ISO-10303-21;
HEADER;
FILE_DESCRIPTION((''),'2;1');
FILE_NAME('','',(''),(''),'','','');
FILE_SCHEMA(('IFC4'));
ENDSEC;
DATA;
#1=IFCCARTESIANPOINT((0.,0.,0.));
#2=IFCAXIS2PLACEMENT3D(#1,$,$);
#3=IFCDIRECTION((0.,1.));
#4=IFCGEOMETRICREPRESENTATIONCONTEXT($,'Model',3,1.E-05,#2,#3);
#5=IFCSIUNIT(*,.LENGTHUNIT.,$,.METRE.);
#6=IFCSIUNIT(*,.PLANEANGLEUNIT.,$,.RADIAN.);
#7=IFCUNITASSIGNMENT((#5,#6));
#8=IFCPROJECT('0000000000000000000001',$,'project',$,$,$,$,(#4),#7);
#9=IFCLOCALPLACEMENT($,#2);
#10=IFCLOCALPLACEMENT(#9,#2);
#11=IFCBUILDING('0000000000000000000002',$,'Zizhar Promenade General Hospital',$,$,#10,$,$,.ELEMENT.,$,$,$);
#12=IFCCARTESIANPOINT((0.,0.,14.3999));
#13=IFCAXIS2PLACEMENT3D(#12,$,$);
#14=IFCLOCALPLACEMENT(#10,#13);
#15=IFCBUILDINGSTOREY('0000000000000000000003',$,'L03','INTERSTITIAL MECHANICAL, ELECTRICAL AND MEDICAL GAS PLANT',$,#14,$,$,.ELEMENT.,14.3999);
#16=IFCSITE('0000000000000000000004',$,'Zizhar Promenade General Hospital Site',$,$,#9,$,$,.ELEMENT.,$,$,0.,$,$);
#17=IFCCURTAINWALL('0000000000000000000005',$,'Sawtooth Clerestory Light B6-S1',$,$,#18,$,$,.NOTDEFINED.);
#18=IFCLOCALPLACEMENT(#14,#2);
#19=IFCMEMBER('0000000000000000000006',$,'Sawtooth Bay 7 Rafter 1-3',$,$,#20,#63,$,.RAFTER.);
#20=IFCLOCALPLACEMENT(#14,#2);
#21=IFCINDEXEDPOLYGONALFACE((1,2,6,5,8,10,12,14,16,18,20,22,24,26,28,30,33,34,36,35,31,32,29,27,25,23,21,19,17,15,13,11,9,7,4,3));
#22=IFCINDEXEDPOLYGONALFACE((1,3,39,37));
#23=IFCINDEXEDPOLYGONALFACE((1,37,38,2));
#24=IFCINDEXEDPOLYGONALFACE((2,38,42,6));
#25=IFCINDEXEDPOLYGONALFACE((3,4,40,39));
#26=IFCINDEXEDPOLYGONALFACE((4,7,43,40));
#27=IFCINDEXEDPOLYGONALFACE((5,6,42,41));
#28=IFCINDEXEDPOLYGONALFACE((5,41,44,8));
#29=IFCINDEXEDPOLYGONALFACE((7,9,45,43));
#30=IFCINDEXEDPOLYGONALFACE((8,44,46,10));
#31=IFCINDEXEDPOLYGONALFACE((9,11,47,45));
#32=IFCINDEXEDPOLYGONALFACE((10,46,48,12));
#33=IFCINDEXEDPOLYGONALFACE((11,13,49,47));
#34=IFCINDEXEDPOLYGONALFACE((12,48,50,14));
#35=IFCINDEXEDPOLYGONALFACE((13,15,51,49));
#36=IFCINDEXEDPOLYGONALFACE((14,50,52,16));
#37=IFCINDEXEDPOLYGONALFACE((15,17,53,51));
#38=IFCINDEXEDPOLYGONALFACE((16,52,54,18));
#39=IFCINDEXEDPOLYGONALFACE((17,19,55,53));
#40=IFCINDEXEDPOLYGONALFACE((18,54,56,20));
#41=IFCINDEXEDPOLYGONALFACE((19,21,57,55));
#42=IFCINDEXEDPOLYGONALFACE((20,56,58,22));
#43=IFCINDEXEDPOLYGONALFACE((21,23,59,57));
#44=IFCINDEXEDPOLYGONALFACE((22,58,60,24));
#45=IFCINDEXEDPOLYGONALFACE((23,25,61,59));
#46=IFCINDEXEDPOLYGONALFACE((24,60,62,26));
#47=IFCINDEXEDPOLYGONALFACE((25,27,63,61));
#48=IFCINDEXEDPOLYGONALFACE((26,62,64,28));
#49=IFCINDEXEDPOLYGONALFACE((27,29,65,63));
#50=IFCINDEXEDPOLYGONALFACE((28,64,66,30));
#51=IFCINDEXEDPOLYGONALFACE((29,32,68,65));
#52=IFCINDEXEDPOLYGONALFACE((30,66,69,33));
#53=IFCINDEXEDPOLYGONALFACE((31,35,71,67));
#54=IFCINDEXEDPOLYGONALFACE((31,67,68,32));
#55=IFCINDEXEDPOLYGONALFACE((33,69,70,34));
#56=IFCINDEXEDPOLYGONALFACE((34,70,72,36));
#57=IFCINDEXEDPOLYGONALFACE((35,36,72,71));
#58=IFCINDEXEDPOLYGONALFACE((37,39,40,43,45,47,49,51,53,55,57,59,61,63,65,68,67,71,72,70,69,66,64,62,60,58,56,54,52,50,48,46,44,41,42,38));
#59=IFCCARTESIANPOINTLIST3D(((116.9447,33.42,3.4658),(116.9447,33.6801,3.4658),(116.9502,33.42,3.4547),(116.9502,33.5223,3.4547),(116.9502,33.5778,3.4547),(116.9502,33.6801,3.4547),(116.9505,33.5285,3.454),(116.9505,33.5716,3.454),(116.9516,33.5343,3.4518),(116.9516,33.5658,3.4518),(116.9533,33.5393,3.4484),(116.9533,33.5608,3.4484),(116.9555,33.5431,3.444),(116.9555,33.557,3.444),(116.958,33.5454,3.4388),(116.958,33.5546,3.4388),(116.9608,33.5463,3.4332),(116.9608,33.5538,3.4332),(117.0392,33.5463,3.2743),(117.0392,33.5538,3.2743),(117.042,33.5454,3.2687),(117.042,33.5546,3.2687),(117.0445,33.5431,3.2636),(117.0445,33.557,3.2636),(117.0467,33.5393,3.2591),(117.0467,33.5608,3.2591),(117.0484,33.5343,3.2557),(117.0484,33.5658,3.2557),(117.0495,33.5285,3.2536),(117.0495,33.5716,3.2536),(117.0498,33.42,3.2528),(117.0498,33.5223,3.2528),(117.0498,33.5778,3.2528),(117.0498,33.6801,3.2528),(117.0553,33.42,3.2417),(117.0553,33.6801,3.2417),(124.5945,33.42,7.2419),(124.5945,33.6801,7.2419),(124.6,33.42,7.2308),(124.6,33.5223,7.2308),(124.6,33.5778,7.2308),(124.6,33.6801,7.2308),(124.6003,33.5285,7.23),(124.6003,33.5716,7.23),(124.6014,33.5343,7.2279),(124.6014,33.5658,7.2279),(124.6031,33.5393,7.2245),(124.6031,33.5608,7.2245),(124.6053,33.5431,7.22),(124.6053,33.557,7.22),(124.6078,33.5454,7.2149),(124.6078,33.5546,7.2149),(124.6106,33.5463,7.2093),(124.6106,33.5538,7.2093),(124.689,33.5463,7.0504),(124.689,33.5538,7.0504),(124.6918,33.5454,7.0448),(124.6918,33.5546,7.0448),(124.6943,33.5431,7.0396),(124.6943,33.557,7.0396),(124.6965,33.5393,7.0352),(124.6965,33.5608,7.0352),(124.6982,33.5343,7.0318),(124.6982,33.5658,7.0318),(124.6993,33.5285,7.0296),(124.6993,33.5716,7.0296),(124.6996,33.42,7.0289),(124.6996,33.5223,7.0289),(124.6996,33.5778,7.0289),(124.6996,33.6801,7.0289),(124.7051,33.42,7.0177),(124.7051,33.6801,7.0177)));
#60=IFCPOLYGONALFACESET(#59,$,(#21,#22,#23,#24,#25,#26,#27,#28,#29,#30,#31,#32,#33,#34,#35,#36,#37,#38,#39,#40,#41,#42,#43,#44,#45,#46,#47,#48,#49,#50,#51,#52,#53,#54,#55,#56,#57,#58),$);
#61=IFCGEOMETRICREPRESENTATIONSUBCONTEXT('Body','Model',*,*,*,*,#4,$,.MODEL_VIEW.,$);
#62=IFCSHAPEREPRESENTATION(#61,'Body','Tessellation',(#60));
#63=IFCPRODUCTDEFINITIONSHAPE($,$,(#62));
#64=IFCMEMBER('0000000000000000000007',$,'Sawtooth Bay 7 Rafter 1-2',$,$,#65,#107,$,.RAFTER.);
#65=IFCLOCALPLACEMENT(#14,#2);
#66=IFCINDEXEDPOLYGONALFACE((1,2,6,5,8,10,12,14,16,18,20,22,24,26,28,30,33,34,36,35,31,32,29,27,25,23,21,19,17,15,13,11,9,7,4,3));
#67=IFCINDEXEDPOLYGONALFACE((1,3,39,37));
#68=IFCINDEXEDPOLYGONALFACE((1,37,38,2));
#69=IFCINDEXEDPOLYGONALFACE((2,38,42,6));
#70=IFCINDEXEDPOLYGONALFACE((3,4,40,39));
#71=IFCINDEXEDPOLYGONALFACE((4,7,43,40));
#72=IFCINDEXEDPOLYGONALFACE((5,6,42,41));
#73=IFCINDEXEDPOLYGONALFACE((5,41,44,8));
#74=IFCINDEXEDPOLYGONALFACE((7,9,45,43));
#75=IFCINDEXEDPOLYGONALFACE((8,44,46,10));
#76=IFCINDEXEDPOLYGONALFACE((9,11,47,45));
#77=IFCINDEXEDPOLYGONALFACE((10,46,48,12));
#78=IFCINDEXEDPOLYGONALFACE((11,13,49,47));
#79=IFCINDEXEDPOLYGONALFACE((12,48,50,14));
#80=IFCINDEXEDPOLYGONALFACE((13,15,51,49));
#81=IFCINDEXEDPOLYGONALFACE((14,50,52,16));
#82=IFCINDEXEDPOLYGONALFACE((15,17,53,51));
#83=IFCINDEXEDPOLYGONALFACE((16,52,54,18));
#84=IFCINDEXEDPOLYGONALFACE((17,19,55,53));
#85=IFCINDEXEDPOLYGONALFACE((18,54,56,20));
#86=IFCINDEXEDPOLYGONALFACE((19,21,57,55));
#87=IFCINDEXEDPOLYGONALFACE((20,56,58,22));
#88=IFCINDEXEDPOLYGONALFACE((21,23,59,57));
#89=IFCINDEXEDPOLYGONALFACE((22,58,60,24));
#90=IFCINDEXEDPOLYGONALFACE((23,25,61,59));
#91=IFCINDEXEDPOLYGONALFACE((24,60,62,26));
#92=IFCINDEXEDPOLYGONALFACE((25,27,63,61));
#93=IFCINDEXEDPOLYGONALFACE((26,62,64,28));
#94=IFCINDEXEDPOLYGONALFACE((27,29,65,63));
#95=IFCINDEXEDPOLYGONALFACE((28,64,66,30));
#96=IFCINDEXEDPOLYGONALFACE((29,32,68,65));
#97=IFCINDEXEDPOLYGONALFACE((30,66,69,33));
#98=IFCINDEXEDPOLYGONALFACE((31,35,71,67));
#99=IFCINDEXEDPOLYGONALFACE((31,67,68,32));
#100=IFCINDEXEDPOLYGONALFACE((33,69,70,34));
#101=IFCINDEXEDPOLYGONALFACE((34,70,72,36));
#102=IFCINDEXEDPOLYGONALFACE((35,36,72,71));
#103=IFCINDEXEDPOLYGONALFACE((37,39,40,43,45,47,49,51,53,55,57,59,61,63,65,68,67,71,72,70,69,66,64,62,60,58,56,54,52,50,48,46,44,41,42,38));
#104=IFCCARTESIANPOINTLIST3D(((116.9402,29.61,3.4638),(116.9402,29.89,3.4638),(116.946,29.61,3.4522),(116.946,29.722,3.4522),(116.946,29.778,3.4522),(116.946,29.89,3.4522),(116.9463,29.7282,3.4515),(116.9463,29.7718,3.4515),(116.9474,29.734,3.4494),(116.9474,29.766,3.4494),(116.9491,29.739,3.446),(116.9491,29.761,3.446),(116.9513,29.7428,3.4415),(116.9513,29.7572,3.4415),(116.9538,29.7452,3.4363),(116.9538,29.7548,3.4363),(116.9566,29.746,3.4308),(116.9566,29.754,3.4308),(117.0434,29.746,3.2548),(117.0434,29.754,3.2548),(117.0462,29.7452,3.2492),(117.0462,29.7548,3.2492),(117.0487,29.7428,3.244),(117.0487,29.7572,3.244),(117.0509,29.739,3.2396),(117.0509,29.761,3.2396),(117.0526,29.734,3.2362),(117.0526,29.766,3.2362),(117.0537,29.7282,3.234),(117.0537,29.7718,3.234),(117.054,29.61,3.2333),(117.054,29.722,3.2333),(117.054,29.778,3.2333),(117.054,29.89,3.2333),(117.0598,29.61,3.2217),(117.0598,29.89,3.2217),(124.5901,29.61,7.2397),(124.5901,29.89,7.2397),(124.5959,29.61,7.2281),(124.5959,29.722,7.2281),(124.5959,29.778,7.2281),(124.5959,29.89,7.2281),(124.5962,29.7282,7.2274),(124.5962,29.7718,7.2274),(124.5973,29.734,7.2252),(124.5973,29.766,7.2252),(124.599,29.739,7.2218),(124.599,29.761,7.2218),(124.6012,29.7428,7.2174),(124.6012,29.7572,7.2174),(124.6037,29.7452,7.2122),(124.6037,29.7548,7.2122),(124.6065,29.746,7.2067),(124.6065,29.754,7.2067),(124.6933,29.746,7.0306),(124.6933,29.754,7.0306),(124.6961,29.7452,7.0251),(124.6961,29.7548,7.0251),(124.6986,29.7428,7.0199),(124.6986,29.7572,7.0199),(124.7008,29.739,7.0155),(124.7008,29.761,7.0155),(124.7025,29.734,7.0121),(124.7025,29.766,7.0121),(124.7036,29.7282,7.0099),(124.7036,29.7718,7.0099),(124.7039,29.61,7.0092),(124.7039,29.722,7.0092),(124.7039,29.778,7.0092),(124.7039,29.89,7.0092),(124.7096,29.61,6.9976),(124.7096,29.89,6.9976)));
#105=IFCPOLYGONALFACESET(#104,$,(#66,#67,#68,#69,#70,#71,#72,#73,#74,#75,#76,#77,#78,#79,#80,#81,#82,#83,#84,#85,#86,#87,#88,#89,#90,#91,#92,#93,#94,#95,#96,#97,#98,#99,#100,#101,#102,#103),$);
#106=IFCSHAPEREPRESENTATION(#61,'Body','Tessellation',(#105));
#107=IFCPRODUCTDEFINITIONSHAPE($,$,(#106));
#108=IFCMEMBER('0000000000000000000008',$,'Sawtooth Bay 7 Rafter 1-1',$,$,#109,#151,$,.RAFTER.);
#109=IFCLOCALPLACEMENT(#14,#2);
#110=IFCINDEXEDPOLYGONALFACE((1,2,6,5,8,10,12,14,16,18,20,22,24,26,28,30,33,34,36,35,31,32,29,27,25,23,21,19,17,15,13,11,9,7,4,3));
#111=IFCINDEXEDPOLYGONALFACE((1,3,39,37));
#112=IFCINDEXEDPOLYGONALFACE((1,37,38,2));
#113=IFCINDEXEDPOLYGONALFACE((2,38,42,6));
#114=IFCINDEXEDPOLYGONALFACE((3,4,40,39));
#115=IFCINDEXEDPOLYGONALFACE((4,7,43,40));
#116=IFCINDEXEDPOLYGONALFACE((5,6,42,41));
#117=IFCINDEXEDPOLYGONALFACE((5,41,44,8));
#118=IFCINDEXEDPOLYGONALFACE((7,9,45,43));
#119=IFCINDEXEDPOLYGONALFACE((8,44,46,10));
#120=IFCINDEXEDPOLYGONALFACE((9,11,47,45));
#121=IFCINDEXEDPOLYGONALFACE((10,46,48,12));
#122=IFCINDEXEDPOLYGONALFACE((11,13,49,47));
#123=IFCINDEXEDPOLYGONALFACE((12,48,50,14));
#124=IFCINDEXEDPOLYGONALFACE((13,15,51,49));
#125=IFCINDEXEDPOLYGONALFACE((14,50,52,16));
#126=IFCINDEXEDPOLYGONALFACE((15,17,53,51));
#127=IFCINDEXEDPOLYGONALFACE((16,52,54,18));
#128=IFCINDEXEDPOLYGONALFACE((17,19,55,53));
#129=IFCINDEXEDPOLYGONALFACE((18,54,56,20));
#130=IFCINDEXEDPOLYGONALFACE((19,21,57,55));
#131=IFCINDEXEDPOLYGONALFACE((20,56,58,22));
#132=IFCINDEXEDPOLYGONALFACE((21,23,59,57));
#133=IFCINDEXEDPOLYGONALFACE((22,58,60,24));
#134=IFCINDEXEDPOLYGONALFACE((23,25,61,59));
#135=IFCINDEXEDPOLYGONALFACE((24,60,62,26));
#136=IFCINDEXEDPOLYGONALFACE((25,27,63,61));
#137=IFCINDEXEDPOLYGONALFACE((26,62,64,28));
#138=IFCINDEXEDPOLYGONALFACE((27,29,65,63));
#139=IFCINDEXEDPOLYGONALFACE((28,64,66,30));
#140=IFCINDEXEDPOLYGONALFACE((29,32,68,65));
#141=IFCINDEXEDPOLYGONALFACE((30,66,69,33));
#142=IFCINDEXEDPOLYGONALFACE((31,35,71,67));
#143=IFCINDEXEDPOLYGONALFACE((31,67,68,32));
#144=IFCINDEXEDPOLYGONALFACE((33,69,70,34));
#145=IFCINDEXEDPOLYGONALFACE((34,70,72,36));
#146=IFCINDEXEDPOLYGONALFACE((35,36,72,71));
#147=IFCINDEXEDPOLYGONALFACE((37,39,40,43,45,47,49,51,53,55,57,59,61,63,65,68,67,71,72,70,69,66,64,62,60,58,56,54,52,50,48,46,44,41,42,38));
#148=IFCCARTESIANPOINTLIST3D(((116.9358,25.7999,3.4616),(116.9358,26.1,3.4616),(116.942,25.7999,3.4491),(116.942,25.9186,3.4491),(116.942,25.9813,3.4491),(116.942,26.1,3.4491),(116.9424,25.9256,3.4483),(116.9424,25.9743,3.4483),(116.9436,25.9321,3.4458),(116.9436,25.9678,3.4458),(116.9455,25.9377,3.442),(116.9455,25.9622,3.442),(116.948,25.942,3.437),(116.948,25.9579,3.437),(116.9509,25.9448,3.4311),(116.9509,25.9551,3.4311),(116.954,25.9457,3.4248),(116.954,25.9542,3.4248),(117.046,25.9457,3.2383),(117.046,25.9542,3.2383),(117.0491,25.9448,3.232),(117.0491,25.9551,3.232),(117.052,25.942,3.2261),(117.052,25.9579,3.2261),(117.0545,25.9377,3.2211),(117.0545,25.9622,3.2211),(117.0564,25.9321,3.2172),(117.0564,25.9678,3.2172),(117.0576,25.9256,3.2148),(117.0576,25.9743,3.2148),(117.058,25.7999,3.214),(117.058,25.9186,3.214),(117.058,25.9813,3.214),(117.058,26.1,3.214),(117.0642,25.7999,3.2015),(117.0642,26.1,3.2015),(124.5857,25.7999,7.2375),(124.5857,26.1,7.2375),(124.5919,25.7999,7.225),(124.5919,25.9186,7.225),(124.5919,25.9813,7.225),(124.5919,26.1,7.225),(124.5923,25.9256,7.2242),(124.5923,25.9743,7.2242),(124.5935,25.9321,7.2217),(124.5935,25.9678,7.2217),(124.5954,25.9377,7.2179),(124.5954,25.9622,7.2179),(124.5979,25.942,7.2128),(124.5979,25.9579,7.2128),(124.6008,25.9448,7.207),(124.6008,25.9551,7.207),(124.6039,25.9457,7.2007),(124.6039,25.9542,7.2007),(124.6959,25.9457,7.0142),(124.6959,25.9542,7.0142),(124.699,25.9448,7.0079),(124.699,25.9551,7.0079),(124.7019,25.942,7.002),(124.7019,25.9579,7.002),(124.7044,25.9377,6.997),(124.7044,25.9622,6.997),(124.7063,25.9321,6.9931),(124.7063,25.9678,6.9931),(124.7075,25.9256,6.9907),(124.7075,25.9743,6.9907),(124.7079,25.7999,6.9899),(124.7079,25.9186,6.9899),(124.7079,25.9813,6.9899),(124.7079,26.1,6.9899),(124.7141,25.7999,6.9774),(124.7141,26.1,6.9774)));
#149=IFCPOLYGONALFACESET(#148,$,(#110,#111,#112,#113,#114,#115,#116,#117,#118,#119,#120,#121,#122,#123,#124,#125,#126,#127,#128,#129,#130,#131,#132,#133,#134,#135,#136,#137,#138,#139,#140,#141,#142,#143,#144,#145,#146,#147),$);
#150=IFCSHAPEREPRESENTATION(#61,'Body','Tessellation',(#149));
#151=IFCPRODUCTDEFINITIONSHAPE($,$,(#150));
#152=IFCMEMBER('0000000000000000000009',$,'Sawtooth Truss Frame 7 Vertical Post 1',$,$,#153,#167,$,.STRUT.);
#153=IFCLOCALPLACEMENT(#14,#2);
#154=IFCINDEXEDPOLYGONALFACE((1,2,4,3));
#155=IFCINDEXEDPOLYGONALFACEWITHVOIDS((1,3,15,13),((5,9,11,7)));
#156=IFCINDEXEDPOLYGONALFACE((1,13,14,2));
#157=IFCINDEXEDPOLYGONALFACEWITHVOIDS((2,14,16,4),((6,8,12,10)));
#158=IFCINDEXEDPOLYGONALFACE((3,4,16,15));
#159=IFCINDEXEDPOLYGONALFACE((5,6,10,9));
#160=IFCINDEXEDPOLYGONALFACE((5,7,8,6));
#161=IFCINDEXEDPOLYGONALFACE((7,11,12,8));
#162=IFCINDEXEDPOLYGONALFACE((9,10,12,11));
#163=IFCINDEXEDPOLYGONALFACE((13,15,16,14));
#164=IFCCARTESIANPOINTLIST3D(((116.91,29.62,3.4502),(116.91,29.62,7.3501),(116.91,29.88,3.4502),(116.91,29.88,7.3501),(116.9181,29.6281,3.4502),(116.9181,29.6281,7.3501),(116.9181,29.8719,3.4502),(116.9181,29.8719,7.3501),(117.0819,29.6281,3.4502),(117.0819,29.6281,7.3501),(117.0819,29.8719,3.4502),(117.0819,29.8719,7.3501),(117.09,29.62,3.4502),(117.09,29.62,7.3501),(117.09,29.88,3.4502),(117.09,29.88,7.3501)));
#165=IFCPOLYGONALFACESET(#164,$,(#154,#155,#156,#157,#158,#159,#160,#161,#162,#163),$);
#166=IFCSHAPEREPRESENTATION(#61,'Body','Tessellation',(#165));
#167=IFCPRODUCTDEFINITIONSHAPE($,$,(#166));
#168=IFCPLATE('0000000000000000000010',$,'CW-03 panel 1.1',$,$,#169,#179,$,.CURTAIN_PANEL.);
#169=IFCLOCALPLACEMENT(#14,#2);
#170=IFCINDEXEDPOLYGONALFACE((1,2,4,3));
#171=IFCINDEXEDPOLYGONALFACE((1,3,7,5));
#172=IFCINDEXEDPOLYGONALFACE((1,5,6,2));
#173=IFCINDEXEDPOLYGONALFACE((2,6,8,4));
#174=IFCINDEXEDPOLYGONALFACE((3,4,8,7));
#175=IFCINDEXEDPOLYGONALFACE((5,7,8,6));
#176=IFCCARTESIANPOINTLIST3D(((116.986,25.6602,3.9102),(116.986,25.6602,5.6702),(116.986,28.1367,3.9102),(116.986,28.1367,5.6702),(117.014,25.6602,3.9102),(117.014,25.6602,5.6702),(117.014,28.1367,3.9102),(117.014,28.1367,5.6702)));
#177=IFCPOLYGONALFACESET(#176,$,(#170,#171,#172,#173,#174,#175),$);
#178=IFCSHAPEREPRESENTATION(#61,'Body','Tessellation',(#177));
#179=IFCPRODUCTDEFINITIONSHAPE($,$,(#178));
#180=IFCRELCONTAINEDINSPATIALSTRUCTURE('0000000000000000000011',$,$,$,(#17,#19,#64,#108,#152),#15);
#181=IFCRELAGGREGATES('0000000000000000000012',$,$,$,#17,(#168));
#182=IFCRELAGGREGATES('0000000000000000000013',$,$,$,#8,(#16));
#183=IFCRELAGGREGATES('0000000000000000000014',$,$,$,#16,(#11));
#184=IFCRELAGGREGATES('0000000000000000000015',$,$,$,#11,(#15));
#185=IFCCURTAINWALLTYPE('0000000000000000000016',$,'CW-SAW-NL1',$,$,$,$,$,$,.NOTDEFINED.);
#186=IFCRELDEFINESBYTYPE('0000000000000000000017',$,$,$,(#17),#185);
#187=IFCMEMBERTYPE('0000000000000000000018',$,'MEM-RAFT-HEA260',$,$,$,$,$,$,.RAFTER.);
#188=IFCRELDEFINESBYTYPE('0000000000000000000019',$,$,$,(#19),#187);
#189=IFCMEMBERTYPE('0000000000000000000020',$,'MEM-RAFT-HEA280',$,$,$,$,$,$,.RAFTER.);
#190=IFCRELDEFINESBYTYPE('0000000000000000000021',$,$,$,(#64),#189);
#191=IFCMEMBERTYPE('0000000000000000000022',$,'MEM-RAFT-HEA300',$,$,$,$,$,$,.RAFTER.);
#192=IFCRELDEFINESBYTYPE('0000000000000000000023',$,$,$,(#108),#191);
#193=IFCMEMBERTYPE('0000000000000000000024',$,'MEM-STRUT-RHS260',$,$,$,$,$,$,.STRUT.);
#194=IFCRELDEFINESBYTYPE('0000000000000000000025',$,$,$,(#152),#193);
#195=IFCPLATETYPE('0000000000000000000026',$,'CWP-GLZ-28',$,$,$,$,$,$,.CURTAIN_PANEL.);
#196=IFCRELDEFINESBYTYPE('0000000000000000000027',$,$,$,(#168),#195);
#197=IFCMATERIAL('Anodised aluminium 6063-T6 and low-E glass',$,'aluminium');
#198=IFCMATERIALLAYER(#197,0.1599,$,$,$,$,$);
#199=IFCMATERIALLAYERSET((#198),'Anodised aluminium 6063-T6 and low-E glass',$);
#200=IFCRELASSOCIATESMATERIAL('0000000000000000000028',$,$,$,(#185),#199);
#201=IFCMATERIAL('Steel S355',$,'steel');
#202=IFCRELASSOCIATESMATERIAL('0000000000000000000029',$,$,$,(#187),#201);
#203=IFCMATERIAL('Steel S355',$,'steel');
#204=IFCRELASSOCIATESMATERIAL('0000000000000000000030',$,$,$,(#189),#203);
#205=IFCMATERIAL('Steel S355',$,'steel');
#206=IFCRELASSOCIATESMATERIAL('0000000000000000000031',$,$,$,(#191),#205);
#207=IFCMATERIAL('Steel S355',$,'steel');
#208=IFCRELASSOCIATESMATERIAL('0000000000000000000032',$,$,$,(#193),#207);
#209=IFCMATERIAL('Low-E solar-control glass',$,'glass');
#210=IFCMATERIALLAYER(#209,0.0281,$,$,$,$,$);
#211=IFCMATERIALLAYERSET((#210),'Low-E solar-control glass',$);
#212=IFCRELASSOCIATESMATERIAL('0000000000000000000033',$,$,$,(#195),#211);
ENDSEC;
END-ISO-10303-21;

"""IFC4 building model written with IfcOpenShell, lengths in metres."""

from ifc_helpers import new_model, si_unit, direction, frame, origin, origin_2d, place, context, subcontext, project, spatial, rectangle, hollow_rectangle, i_section, extrude, material, layer, layer_set, material_profile, profile_set, type_object, element, aggregate, save


model = new_model("IFC4")

# Units and contexts
model_context = context("Model", 3, precision=1e-05, world=origin(), true_north=direction((0.0, 1.0)))
body_context = subcontext(model_context, "Body", "Model", "MODEL_VIEW")
ifc_project = project(units=[si_unit("LENGTHUNIT", "METRE"), si_unit("PLANEANGLEUNIT", "RADIAN")], contexts=[model_context])

# Site, building, storey
site_placement = place(None, origin())
site = spatial("IfcSite", under=ifc_project, at=site_placement, Name="Zizhar Promenade General Hospital Site", CompositionType="ELEMENT", RefElevation=0.0)
building_placement = place(site_placement, origin())
building = spatial("IfcBuilding", under=site, at=building_placement, Name="Zizhar Promenade General Hospital", CompositionType="ELEMENT")
storey_placement = place(building_placement, frame((0.0, 0.0, 14.3999)))
storey = spatial("IfcBuildingStorey", under=building, at=storey_placement, Name="L03", Description="INTERSTITIAL MECHANICAL, ELECTRICAL AND MEDICAL GAS PLANT", CompositionType="ELEMENT", Elevation=14.3999)

# Curtain wall
ifc_material_1 = material(Name="Anodised aluminium 6063-T6 and low-E glass", Category="aluminium")
ifc_layer_1 = layer(ifc_material_1, 0.1599)
ifc_layer_set_1 = layer_set([ifc_layer_1], Name="Anodised aluminium 6063-T6 and low-E glass")
curtain_wall_type = type_object("IfcCurtainWallType", Name="CW-SAW-NL1", PredefinedType="NOTDEFINED", material=ifc_layer_set_1)
curtain_wall_placement = place(storey_placement, origin())
curtain_wall = element("IfcCurtainWall", 1, at=curtain_wall_placement, inside=storey, type_object=curtain_wall_type, Name="Sawtooth Clerestory Light B6-S1", PredefinedType="NOTDEFINED")

# Members
ifc_material_2 = material(Name="Steel S355", Category="steel")
ifc_material_profile_1 = material_profile(ifc_material_2, i_section(OverallWidth=0.26, OverallDepth=0.25, WebThickness=0.0076, FlangeThickness=0.0125, FilletRadius=0.0239, at=origin_2d()))
ifc_profile_set_1 = profile_set([ifc_material_profile_1], Name="Steel S355")
member_type_1 = type_object("IfcMemberType", Name="MEM-RAFT-HEA260", PredefinedType="RAFTER", material=ifc_profile_set_1)
member_1_placement = place(storey_placement, frame((117.0, 33.55, 3.3538), z_axis=(0.896705, 0.0, 0.442629), x_axis=(0.0, 1.0, 0.0)))
element("IfcMember", 2, at=member_1_placement, inside=storey, type_object=member_type_1, Name="Sawtooth Bay 7 Rafter 1-3", PredefinedType="RAFTER", context=body_context, shape_type="SweptSolid", body=[
    extrude(i_section(OverallWidth=0.26, OverallDepth=0.25, WebThickness=0.0076, FlangeThickness=0.0125, FilletRadius=0.0239, at=origin_2d()), origin(), (0.0, 0.0, 1.0), 8.531),
])
ifc_material_3 = material(Name="Steel S355", Category="steel")
ifc_material_profile_2 = material_profile(ifc_material_3, i_section(OverallWidth=0.28, OverallDepth=0.27, WebThickness=0.0081, FlangeThickness=0.0129, FilletRadius=0.0239, at=origin_2d()))
ifc_profile_set_2 = profile_set([ifc_material_profile_2], Name="Steel S355")
member_type_2 = type_object("IfcMemberType", Name="MEM-RAFT-HEA280", PredefinedType="RAFTER", material=ifc_profile_set_2)
member_2_placement = place(storey_placement, frame((117.0, 29.75, 3.3428), z_axis=(0.896716, 0.0, 0.442606), x_axis=(0.0, 1.0, 0.0)))
element("IfcMember", 3, at=member_2_placement, inside=storey, type_object=member_type_2, Name="Sawtooth Bay 7 Rafter 1-2", PredefinedType="RAFTER", context=body_context, shape_type="SweptSolid", body=[
    extrude(i_section(OverallWidth=0.28, OverallDepth=0.27, WebThickness=0.0081, FlangeThickness=0.0129, FilletRadius=0.0239, at=origin_2d()), origin(), (0.0, 0.0, 1.0), 8.531),
])
ifc_material_4 = material(Name="Steel S355", Category="steel")
ifc_material_profile_3 = material_profile(ifc_material_4, i_section(OverallWidth=0.3, OverallDepth=0.29, WebThickness=0.0085, FlangeThickness=0.0139, FilletRadius=0.0271, at=origin_2d()))
ifc_profile_set_3 = profile_set([ifc_material_profile_3], Name="Steel S355")
member_type_3 = type_object("IfcMemberType", Name="MEM-RAFT-HEA300", PredefinedType="RAFTER", material=ifc_profile_set_3)
member_3_placement = place(storey_placement, frame((117.0, 25.95, 3.3315), z_axis=(0.896716, 0.0, 0.442606), x_axis=(0.0, 1.0, 0.0)))
element("IfcMember", 4, at=member_3_placement, inside=storey, type_object=member_type_3, Name="Sawtooth Bay 7 Rafter 1-1", PredefinedType="RAFTER", context=body_context, shape_type="SweptSolid", body=[
    extrude(i_section(OverallWidth=0.3, OverallDepth=0.29, WebThickness=0.0085, FlangeThickness=0.0139, FilletRadius=0.0271, at=origin_2d()), origin(), (0.0, 0.0, 1.0), 8.531),
])
ifc_material_5 = material(Name="Steel S355", Category="steel")
ifc_material_profile_4 = material_profile(ifc_material_5, hollow_rectangle(XDim=0.1799, YDim=0.26, WallThickness=0.0081, at=origin_2d()))
ifc_profile_set_4 = profile_set([ifc_material_profile_4], Name="Steel S355")
member_type_4 = type_object("IfcMemberType", Name="MEM-STRUT-RHS260", PredefinedType="STRUT", material=ifc_profile_set_4)
member_4_placement = place(storey_placement, frame((117.0, 29.75, 3.4502), z_axis=(0.0, 0.0, 1.0), x_axis=(1.0, 0.0, 0.0)))
element("IfcMember", 5, at=member_4_placement, inside=storey, type_object=member_type_4, Name="Sawtooth Truss Frame 7 Vertical Post 1", PredefinedType="STRUT", context=body_context, shape_type="SweptSolid", body=[
    extrude(hollow_rectangle(XDim=0.1799, YDim=0.26, WallThickness=0.0081, at=origin_2d()), origin(), (0.0, 0.0, 1.0), 3.8999),
])

# Plate
ifc_material_6 = material(Name="Low-E solar-control glass", Category="glass")
ifc_layer_2 = layer(ifc_material_6, 0.0281)
ifc_layer_set_2 = layer_set([ifc_layer_2], Name="Low-E solar-control glass")
plate_type = type_object("IfcPlateType", Name="CWP-GLZ-28", PredefinedType="CURTAIN_PANEL", material=ifc_layer_set_2)
plate_1_placement = place(storey_placement, frame((117.0, 26.8984, 3.9102), z_axis=(0.0, 0.0, 1.0), x_axis=(0.0, 1.0, 0.0)))
plate_1 = element("IfcPlate", 6, at=plate_1_placement, type_object=plate_type, Name="CW-03 panel 1.1", PredefinedType="CURTAIN_PANEL", context=body_context, shape_type="SweptSolid", body=[
    extrude(rectangle(XDim=2.4766, YDim=0.0281, at=origin_2d()), origin(), (0.0, 0.0, 1.0), 1.76),
])
aggregate(curtain_wall, [plate_1])

save(model, "model.ifc")
